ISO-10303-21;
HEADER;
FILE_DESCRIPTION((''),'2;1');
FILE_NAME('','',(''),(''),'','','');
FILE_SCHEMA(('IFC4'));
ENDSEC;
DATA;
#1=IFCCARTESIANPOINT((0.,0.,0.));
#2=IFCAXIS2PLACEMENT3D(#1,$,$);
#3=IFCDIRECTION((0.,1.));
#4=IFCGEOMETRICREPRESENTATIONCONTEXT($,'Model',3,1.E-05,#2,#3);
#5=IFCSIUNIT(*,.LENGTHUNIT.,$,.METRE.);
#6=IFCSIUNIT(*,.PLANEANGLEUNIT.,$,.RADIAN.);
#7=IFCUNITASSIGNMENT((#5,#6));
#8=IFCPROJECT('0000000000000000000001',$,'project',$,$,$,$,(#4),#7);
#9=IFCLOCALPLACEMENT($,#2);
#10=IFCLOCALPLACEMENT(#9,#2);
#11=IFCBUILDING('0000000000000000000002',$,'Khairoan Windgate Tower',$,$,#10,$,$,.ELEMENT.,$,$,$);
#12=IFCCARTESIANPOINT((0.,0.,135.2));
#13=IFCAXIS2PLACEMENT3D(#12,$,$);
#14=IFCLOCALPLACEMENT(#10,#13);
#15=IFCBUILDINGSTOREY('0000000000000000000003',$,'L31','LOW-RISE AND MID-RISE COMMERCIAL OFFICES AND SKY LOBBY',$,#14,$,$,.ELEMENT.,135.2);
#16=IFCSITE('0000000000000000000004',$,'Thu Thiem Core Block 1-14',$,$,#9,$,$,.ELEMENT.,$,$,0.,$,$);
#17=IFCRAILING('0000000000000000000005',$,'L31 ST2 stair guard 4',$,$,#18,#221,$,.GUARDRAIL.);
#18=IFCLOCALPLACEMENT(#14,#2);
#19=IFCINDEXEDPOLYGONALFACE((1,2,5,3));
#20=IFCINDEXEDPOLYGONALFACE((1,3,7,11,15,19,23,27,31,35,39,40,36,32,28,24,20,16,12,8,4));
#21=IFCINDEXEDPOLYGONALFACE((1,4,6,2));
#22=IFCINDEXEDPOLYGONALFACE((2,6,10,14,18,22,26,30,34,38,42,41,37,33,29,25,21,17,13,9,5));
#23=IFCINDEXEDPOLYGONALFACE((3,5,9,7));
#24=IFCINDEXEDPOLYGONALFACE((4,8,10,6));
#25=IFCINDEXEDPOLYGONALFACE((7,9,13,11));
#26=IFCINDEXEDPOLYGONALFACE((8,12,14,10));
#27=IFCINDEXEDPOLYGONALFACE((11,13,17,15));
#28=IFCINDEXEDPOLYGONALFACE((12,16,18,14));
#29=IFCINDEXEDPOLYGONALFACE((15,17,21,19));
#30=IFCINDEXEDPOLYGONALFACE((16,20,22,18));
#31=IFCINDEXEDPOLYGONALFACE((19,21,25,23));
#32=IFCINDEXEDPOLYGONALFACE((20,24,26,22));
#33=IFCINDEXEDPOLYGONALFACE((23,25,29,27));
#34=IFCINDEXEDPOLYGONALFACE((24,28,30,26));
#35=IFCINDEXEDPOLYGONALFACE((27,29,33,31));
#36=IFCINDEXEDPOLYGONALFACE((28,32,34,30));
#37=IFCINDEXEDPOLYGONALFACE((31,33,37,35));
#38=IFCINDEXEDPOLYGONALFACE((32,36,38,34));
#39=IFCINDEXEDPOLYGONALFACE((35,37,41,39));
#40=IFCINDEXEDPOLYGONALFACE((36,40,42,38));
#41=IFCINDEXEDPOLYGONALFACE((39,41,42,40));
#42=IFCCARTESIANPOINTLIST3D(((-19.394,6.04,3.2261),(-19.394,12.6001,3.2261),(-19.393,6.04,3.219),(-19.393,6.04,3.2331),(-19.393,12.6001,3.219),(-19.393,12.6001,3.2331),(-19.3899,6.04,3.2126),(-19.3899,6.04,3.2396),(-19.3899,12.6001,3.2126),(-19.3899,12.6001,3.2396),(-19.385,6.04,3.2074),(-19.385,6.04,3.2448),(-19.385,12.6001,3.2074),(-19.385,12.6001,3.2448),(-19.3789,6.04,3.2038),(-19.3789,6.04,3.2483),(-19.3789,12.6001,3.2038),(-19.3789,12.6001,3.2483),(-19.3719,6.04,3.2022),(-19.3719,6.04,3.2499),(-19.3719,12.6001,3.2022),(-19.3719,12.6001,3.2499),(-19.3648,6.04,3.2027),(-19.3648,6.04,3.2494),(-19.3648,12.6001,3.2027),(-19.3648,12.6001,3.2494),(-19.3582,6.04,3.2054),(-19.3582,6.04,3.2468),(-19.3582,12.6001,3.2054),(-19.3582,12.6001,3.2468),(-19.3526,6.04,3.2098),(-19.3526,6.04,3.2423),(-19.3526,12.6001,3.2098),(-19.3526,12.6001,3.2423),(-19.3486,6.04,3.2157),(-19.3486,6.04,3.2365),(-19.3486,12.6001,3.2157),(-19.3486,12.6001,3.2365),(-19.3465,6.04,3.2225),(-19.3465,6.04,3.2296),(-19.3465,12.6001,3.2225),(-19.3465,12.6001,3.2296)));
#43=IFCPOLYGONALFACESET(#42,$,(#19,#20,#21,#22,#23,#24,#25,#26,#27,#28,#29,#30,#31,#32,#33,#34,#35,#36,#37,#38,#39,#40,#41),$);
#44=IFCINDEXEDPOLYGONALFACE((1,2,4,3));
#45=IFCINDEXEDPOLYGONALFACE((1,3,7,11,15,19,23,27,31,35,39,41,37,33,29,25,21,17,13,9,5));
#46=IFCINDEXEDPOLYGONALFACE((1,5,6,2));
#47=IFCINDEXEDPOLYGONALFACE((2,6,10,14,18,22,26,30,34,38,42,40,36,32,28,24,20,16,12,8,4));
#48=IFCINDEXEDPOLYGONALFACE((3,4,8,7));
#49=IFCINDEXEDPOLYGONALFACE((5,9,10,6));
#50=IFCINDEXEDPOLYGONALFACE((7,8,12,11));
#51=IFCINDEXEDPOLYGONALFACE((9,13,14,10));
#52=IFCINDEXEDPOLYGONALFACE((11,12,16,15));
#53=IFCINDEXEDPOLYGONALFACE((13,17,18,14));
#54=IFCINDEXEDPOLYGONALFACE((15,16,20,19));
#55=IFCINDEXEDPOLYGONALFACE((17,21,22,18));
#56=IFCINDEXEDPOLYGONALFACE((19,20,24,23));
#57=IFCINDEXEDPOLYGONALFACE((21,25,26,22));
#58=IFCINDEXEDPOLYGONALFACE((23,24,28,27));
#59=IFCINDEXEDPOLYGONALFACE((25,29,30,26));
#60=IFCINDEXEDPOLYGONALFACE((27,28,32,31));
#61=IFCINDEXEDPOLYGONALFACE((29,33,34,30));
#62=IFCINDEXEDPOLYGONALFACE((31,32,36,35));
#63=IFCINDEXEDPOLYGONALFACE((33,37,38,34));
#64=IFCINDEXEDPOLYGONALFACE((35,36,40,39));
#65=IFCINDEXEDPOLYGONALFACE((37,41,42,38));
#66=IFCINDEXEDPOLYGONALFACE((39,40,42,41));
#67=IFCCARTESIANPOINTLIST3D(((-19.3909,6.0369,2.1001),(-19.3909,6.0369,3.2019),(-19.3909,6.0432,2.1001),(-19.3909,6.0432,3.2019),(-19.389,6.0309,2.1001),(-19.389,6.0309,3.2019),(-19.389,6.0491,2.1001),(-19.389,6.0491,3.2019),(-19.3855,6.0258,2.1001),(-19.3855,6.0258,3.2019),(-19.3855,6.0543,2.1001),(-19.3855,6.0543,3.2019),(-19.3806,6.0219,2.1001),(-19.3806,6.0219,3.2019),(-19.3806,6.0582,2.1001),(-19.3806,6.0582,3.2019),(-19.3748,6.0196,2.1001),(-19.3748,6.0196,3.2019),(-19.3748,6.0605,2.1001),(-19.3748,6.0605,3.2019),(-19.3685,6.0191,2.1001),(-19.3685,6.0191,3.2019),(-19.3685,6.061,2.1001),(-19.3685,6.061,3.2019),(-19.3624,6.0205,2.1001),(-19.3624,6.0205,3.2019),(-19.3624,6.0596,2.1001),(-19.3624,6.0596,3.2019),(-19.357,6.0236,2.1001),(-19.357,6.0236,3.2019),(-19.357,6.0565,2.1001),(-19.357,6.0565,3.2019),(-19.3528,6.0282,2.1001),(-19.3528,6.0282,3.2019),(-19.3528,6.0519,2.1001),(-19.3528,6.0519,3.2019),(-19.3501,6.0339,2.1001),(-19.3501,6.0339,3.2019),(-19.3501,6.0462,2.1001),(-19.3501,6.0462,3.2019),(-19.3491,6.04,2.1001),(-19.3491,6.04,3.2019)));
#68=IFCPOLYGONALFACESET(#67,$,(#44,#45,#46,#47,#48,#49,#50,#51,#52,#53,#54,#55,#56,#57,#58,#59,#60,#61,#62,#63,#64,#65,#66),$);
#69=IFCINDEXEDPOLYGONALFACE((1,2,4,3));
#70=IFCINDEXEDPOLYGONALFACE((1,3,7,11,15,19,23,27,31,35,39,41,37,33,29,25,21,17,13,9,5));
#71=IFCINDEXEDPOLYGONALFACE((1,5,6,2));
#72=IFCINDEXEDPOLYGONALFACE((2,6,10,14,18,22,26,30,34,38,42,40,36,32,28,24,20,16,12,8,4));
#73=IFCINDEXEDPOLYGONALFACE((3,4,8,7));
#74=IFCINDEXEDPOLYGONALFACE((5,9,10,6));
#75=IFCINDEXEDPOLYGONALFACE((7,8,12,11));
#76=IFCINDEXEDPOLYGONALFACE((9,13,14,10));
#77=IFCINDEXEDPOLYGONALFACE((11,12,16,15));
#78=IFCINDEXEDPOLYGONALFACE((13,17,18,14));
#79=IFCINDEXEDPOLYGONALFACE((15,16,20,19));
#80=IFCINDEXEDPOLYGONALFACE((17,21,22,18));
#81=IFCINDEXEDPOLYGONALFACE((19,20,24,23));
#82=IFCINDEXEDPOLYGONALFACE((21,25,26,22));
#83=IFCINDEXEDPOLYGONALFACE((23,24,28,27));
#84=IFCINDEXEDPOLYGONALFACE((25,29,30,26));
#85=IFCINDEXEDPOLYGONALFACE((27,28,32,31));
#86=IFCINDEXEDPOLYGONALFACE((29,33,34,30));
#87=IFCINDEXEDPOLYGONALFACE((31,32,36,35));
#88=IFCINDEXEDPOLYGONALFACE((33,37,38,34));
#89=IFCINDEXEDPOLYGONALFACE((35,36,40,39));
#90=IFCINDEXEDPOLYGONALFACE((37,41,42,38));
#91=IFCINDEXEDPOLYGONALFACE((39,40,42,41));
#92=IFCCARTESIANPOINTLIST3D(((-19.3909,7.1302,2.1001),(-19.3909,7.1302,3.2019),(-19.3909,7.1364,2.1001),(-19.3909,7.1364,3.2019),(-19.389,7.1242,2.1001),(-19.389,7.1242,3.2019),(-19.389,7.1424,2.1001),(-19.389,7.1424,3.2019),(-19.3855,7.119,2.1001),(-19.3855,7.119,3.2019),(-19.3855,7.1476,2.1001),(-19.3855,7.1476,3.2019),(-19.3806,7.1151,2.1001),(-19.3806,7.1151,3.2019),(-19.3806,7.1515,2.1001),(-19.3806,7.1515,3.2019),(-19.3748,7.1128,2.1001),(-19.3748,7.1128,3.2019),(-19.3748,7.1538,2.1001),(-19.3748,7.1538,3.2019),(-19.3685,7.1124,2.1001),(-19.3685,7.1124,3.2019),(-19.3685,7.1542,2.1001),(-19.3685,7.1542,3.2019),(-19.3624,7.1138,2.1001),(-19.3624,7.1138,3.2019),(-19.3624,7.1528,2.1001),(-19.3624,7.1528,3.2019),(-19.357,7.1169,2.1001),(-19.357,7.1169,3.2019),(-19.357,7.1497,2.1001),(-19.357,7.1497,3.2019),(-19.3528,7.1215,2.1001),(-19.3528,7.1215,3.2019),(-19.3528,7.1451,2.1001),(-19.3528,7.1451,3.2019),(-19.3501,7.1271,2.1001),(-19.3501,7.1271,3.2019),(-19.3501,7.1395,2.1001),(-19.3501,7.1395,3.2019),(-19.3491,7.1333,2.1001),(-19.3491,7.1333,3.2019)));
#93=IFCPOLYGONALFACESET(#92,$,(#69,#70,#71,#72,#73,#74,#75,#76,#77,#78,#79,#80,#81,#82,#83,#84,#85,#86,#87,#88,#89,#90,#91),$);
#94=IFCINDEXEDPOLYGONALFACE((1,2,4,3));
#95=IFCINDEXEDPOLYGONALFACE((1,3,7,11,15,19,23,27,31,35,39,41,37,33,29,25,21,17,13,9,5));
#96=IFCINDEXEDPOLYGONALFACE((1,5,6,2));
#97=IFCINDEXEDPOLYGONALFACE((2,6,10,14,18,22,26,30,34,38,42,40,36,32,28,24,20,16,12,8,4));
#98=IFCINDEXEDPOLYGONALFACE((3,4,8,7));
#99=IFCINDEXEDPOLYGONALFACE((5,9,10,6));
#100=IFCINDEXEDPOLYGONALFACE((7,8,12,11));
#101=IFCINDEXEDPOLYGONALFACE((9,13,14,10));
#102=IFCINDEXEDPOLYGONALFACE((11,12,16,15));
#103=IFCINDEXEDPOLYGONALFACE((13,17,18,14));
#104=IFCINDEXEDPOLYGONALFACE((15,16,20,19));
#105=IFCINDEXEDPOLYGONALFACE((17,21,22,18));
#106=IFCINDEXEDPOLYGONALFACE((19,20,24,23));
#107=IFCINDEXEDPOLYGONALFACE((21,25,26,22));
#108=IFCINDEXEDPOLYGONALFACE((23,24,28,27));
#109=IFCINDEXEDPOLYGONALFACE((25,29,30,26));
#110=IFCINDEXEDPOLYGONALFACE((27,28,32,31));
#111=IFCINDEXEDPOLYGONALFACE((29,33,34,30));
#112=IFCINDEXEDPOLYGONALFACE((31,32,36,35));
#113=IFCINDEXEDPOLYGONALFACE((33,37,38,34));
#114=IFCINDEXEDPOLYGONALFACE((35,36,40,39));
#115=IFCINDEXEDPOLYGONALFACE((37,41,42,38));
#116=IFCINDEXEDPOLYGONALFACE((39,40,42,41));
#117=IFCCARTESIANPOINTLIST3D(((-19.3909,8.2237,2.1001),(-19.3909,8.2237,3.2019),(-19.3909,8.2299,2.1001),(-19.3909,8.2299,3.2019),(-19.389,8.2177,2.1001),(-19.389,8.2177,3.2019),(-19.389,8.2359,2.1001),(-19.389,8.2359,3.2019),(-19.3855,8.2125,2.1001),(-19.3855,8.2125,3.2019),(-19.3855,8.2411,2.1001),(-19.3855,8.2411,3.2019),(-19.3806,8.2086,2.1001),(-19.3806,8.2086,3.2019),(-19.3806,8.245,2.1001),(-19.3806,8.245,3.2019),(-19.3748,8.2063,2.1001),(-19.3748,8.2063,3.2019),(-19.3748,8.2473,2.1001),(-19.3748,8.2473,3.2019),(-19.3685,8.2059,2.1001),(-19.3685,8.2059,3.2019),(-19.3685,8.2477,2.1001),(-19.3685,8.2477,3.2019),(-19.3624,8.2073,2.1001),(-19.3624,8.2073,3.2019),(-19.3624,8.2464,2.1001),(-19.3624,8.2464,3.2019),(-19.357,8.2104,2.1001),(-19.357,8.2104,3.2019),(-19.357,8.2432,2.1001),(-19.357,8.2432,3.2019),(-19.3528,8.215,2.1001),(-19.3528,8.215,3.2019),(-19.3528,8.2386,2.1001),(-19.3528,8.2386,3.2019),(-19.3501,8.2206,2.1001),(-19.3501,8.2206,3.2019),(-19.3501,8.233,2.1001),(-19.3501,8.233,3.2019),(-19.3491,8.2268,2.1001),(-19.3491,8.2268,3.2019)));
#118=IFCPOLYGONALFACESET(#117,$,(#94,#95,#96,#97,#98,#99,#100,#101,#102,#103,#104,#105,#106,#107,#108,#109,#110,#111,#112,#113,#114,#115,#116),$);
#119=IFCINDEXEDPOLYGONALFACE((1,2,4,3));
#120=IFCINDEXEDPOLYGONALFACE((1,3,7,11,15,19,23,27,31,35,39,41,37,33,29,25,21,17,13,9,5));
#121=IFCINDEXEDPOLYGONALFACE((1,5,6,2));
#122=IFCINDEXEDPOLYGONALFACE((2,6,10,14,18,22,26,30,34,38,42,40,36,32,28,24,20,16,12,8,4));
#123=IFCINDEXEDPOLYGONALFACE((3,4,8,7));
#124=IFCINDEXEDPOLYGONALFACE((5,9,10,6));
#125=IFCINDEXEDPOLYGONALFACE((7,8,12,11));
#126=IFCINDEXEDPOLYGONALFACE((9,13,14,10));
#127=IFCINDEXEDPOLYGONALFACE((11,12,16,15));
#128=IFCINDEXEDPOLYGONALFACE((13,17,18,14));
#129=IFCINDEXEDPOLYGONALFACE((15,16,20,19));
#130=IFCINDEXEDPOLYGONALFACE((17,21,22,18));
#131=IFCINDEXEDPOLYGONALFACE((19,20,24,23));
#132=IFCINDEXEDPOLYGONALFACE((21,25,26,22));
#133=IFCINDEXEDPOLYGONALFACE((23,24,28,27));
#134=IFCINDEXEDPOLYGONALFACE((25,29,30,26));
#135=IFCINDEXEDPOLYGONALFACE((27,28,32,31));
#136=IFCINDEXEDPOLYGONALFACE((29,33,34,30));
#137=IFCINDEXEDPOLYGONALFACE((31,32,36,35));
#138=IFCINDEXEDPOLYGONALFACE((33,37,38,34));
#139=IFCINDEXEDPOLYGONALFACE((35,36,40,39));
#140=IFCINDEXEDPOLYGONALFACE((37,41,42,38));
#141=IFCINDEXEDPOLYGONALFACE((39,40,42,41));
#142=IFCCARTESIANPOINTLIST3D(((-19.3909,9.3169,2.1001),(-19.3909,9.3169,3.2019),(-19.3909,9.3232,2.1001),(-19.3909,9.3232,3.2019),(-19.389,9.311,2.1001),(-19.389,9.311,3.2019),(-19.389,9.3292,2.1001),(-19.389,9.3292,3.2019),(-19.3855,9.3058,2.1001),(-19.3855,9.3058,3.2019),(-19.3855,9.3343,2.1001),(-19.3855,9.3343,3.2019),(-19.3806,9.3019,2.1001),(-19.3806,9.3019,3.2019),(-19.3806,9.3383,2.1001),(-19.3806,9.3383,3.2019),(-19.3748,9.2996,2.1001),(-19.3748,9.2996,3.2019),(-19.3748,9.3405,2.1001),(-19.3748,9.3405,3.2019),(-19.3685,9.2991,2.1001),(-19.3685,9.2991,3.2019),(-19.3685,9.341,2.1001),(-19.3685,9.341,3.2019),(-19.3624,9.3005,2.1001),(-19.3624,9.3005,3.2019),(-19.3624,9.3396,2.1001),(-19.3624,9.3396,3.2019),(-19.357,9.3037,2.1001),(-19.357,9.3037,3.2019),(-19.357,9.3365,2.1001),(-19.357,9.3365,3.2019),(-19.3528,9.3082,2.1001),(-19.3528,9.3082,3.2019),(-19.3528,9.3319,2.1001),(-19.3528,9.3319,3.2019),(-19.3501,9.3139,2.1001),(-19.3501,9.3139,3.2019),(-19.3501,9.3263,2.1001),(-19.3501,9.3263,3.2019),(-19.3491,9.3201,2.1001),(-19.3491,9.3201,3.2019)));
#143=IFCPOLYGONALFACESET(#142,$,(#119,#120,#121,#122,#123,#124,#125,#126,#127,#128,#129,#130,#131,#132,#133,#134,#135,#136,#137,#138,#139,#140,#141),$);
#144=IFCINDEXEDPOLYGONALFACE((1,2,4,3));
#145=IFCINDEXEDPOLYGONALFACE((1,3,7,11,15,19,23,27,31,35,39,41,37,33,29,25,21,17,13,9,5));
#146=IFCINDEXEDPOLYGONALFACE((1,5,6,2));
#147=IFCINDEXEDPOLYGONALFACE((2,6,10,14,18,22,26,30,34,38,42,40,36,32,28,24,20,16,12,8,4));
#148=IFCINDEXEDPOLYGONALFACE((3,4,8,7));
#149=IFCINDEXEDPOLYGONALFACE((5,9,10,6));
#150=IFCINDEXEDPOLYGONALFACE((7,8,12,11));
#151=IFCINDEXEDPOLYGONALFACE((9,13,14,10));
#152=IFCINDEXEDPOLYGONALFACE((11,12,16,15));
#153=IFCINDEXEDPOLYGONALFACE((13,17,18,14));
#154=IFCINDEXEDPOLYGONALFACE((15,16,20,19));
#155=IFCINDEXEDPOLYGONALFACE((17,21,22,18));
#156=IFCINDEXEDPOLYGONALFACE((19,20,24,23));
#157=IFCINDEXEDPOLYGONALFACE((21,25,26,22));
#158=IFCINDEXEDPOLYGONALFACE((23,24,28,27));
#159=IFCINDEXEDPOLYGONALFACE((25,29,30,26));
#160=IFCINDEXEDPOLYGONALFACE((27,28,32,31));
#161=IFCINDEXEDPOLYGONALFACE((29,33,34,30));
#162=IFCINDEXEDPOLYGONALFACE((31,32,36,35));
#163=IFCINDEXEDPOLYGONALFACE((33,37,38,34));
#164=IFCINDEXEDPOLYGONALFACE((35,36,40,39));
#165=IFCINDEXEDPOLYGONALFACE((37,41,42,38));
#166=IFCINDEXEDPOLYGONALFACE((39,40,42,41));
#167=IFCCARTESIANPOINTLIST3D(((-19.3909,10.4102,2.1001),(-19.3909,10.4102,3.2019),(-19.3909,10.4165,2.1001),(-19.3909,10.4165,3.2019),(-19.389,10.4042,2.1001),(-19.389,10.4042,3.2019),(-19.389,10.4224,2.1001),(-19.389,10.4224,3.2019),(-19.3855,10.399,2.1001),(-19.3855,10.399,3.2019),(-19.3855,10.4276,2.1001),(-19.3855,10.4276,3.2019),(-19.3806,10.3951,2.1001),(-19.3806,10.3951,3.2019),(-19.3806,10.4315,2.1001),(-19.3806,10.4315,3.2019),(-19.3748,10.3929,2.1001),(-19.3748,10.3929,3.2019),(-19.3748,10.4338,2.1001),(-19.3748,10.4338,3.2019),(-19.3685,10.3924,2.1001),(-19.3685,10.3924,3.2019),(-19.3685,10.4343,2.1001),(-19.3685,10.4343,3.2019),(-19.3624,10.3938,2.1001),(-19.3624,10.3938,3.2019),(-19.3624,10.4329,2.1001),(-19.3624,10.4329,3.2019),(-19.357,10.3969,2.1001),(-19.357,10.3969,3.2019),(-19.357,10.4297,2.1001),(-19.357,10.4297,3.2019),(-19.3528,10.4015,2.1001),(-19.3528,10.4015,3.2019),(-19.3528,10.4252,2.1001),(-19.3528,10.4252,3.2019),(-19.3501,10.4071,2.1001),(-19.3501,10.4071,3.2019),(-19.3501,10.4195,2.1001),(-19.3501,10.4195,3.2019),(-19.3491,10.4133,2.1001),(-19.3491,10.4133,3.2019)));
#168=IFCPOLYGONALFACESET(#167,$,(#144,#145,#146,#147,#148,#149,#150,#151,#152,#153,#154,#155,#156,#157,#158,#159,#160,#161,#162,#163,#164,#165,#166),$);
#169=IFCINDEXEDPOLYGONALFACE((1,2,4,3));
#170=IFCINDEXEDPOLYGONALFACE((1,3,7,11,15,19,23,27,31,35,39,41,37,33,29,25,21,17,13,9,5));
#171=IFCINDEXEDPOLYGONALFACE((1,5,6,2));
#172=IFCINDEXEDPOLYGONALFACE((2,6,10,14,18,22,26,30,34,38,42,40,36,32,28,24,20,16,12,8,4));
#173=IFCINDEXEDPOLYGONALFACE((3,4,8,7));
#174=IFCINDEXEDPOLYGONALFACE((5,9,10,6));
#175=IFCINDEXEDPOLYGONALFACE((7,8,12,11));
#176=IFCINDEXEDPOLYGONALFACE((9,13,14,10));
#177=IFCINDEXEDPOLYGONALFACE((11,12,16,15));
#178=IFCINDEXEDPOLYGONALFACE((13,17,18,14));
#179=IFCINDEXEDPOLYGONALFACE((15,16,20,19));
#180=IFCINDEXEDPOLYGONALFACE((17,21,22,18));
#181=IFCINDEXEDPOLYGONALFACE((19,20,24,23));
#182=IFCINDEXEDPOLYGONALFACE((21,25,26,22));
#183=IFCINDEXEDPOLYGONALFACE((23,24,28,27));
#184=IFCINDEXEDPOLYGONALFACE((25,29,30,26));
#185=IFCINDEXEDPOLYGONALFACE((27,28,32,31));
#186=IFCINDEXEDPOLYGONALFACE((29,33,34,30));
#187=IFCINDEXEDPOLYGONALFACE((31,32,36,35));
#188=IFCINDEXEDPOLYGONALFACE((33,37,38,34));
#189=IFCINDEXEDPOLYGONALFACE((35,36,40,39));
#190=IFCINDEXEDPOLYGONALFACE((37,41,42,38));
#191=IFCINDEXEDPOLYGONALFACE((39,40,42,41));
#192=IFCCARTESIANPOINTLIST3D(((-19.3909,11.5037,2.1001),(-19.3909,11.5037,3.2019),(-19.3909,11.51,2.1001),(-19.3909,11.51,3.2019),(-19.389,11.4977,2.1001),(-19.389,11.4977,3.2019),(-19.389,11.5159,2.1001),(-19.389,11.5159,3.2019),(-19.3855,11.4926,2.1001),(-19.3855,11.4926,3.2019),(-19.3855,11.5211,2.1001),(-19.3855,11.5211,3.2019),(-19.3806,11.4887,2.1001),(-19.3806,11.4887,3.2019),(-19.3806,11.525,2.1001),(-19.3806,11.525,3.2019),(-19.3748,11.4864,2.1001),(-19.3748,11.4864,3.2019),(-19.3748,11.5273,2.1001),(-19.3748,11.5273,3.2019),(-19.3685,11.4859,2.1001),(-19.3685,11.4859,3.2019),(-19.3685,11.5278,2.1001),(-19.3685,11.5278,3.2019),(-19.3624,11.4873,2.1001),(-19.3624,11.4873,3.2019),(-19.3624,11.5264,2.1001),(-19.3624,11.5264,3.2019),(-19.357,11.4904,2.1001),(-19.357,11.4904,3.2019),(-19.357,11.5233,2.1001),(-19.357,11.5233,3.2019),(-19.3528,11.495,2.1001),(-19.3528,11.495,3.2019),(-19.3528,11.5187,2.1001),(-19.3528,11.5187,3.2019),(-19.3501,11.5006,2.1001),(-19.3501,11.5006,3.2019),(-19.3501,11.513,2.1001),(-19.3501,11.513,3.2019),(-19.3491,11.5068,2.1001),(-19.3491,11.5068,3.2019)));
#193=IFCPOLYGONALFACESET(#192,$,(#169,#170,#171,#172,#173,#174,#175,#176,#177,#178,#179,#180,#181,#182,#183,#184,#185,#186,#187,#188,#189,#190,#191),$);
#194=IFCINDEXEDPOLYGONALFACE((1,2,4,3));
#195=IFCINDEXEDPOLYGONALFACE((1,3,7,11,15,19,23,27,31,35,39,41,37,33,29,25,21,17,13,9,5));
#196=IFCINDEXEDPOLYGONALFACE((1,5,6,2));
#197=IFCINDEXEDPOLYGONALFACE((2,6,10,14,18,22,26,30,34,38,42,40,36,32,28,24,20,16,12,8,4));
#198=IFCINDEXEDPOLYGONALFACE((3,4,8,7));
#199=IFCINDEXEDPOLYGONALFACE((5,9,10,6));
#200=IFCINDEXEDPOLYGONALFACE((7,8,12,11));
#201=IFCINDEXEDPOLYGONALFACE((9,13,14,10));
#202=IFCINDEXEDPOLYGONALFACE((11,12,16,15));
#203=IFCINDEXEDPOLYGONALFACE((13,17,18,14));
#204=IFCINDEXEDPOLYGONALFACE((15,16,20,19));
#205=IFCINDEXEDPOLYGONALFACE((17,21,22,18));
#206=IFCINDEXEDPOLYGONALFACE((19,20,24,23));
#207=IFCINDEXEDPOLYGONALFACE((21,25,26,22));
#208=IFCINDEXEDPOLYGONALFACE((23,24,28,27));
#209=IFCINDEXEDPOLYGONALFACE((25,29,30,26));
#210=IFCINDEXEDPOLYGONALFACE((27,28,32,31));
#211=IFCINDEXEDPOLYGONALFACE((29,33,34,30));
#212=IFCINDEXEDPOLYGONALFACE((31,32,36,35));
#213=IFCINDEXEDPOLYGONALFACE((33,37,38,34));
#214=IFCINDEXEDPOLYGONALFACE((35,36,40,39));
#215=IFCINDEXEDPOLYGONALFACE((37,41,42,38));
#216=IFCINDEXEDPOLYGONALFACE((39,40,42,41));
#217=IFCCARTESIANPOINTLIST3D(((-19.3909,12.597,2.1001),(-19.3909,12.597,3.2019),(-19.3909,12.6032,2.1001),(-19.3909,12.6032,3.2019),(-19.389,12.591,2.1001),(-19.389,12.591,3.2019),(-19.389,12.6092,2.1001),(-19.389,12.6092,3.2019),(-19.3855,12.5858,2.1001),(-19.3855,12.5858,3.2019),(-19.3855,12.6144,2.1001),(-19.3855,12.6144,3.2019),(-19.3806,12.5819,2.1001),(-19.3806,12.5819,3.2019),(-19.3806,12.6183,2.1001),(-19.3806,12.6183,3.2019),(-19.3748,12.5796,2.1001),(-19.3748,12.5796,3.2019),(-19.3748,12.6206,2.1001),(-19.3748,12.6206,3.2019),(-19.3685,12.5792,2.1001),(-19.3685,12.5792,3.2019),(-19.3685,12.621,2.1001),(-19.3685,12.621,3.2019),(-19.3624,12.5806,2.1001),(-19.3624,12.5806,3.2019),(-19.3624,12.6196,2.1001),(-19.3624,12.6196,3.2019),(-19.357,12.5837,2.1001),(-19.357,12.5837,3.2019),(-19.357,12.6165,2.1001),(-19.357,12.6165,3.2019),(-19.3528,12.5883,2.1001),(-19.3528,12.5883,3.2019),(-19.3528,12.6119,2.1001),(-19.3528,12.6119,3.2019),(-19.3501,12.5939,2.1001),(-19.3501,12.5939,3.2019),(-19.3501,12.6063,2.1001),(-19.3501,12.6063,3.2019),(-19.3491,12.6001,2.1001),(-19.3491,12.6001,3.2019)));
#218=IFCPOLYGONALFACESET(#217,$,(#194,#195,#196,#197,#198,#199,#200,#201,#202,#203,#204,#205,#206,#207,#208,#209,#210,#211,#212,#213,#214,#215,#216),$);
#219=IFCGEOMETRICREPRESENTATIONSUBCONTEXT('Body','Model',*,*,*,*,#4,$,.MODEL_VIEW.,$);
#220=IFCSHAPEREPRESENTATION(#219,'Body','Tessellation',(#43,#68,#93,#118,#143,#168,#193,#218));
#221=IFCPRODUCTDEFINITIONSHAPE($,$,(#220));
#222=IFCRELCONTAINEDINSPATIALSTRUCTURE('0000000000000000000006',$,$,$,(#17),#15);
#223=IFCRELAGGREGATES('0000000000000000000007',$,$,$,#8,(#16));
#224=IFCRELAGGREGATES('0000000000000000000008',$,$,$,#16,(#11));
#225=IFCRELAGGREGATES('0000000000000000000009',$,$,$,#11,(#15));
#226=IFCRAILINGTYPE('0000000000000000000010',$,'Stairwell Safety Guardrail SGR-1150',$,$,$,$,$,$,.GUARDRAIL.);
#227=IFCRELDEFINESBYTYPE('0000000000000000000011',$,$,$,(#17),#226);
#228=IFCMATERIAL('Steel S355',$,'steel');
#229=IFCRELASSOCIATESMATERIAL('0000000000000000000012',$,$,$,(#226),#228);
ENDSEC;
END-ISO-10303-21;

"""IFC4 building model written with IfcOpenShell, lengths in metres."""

from ifc_helpers import new_model, si_unit, direction, frame, origin, origin_2d, place, context, subcontext, project, spatial, circle, extrude, material, type_object, element, save


model = new_model("IFC4")

# Units and contexts
model_context = context("Model", 3, precision=1e-05, world=origin(), true_north=direction((0.0, 1.0)))
body_context = subcontext(model_context, "Body", "Model", "MODEL_VIEW")
ifc_project = project(units=[si_unit("LENGTHUNIT", "METRE"), si_unit("PLANEANGLEUNIT", "RADIAN")], contexts=[model_context])

# Site, building, storey
site_placement = place(None, origin())
site = spatial("IfcSite", under=ifc_project, at=site_placement, Name="Thu Thiem Core Block 1-14", CompositionType="ELEMENT", RefElevation=0.0)
building_placement = place(site_placement, origin())
building = spatial("IfcBuilding", under=site, at=building_placement, Name="Khairoan Windgate Tower", CompositionType="ELEMENT")
storey_placement = place(building_placement, frame((0.0, 0.0, 135.2)))
storey = spatial("IfcBuildingStorey", under=building, at=storey_placement, Name="L31", Description="LOW-RISE AND MID-RISE COMMERCIAL OFFICES AND SKY LOBBY", CompositionType="ELEMENT", Elevation=135.2)

# Railing
ifc_material_1 = material(Name="Steel S355", Category="steel")
railing_type_1 = type_object("IfcRailingType", Name="Stairwell Safety Guardrail SGR-1150", PredefinedType="GUARDRAIL", material=ifc_material_1)
railing_1_placement = place(storey_placement, frame((-19.3701, 6.04, 2.1001)))
element("IfcRailing", 1, at=railing_1_placement, inside=storey, type_object=railing_type_1, Name="L31 ST2 stair guard 4", PredefinedType="GUARDRAIL", context=body_context, shape_type="SweptSolid", body=[
    extrude(circle(Radius=0.0239, at=origin_2d()), frame((0.0, 0.0, 1.126), z_axis=(0.0, 1.0, 0.0), x_axis=(-1.0, 0.0, 0.0)), (0.0, 0.0, 1.0), 6.5601),
    extrude(circle(Radius=0.021, at=origin_2d()), origin(), (0.0, 0.0, 1.0), 1.1018),
    extrude(circle(Radius=0.021, at=origin_2d()), frame((0.0, 1.0933, 0.0)), (0.0, 0.0, 1.0), 1.1018),
    extrude(circle(Radius=0.021, at=origin_2d()), frame((0.0, 2.1868, 0.0)), (0.0, 0.0, 1.0), 1.1018),
    extrude(circle(Radius=0.021, at=origin_2d()), frame((0.0, 3.28, 0.0)), (0.0, 0.0, 1.0), 1.1018),
    extrude(circle(Radius=0.021, at=origin_2d()), frame((0.0, 4.3733, 0.0)), (0.0, 0.0, 1.0), 1.1018),
    extrude(circle(Radius=0.021, at=origin_2d()), frame((0.0, 5.4668, 0.0)), (0.0, 0.0, 1.0), 1.1018),
    extrude(circle(Radius=0.021, at=origin_2d()), frame((0.0, 6.5601, 0.0)), (0.0, 0.0, 1.0), 1.1018),
])

save(model, "model.ifc")
